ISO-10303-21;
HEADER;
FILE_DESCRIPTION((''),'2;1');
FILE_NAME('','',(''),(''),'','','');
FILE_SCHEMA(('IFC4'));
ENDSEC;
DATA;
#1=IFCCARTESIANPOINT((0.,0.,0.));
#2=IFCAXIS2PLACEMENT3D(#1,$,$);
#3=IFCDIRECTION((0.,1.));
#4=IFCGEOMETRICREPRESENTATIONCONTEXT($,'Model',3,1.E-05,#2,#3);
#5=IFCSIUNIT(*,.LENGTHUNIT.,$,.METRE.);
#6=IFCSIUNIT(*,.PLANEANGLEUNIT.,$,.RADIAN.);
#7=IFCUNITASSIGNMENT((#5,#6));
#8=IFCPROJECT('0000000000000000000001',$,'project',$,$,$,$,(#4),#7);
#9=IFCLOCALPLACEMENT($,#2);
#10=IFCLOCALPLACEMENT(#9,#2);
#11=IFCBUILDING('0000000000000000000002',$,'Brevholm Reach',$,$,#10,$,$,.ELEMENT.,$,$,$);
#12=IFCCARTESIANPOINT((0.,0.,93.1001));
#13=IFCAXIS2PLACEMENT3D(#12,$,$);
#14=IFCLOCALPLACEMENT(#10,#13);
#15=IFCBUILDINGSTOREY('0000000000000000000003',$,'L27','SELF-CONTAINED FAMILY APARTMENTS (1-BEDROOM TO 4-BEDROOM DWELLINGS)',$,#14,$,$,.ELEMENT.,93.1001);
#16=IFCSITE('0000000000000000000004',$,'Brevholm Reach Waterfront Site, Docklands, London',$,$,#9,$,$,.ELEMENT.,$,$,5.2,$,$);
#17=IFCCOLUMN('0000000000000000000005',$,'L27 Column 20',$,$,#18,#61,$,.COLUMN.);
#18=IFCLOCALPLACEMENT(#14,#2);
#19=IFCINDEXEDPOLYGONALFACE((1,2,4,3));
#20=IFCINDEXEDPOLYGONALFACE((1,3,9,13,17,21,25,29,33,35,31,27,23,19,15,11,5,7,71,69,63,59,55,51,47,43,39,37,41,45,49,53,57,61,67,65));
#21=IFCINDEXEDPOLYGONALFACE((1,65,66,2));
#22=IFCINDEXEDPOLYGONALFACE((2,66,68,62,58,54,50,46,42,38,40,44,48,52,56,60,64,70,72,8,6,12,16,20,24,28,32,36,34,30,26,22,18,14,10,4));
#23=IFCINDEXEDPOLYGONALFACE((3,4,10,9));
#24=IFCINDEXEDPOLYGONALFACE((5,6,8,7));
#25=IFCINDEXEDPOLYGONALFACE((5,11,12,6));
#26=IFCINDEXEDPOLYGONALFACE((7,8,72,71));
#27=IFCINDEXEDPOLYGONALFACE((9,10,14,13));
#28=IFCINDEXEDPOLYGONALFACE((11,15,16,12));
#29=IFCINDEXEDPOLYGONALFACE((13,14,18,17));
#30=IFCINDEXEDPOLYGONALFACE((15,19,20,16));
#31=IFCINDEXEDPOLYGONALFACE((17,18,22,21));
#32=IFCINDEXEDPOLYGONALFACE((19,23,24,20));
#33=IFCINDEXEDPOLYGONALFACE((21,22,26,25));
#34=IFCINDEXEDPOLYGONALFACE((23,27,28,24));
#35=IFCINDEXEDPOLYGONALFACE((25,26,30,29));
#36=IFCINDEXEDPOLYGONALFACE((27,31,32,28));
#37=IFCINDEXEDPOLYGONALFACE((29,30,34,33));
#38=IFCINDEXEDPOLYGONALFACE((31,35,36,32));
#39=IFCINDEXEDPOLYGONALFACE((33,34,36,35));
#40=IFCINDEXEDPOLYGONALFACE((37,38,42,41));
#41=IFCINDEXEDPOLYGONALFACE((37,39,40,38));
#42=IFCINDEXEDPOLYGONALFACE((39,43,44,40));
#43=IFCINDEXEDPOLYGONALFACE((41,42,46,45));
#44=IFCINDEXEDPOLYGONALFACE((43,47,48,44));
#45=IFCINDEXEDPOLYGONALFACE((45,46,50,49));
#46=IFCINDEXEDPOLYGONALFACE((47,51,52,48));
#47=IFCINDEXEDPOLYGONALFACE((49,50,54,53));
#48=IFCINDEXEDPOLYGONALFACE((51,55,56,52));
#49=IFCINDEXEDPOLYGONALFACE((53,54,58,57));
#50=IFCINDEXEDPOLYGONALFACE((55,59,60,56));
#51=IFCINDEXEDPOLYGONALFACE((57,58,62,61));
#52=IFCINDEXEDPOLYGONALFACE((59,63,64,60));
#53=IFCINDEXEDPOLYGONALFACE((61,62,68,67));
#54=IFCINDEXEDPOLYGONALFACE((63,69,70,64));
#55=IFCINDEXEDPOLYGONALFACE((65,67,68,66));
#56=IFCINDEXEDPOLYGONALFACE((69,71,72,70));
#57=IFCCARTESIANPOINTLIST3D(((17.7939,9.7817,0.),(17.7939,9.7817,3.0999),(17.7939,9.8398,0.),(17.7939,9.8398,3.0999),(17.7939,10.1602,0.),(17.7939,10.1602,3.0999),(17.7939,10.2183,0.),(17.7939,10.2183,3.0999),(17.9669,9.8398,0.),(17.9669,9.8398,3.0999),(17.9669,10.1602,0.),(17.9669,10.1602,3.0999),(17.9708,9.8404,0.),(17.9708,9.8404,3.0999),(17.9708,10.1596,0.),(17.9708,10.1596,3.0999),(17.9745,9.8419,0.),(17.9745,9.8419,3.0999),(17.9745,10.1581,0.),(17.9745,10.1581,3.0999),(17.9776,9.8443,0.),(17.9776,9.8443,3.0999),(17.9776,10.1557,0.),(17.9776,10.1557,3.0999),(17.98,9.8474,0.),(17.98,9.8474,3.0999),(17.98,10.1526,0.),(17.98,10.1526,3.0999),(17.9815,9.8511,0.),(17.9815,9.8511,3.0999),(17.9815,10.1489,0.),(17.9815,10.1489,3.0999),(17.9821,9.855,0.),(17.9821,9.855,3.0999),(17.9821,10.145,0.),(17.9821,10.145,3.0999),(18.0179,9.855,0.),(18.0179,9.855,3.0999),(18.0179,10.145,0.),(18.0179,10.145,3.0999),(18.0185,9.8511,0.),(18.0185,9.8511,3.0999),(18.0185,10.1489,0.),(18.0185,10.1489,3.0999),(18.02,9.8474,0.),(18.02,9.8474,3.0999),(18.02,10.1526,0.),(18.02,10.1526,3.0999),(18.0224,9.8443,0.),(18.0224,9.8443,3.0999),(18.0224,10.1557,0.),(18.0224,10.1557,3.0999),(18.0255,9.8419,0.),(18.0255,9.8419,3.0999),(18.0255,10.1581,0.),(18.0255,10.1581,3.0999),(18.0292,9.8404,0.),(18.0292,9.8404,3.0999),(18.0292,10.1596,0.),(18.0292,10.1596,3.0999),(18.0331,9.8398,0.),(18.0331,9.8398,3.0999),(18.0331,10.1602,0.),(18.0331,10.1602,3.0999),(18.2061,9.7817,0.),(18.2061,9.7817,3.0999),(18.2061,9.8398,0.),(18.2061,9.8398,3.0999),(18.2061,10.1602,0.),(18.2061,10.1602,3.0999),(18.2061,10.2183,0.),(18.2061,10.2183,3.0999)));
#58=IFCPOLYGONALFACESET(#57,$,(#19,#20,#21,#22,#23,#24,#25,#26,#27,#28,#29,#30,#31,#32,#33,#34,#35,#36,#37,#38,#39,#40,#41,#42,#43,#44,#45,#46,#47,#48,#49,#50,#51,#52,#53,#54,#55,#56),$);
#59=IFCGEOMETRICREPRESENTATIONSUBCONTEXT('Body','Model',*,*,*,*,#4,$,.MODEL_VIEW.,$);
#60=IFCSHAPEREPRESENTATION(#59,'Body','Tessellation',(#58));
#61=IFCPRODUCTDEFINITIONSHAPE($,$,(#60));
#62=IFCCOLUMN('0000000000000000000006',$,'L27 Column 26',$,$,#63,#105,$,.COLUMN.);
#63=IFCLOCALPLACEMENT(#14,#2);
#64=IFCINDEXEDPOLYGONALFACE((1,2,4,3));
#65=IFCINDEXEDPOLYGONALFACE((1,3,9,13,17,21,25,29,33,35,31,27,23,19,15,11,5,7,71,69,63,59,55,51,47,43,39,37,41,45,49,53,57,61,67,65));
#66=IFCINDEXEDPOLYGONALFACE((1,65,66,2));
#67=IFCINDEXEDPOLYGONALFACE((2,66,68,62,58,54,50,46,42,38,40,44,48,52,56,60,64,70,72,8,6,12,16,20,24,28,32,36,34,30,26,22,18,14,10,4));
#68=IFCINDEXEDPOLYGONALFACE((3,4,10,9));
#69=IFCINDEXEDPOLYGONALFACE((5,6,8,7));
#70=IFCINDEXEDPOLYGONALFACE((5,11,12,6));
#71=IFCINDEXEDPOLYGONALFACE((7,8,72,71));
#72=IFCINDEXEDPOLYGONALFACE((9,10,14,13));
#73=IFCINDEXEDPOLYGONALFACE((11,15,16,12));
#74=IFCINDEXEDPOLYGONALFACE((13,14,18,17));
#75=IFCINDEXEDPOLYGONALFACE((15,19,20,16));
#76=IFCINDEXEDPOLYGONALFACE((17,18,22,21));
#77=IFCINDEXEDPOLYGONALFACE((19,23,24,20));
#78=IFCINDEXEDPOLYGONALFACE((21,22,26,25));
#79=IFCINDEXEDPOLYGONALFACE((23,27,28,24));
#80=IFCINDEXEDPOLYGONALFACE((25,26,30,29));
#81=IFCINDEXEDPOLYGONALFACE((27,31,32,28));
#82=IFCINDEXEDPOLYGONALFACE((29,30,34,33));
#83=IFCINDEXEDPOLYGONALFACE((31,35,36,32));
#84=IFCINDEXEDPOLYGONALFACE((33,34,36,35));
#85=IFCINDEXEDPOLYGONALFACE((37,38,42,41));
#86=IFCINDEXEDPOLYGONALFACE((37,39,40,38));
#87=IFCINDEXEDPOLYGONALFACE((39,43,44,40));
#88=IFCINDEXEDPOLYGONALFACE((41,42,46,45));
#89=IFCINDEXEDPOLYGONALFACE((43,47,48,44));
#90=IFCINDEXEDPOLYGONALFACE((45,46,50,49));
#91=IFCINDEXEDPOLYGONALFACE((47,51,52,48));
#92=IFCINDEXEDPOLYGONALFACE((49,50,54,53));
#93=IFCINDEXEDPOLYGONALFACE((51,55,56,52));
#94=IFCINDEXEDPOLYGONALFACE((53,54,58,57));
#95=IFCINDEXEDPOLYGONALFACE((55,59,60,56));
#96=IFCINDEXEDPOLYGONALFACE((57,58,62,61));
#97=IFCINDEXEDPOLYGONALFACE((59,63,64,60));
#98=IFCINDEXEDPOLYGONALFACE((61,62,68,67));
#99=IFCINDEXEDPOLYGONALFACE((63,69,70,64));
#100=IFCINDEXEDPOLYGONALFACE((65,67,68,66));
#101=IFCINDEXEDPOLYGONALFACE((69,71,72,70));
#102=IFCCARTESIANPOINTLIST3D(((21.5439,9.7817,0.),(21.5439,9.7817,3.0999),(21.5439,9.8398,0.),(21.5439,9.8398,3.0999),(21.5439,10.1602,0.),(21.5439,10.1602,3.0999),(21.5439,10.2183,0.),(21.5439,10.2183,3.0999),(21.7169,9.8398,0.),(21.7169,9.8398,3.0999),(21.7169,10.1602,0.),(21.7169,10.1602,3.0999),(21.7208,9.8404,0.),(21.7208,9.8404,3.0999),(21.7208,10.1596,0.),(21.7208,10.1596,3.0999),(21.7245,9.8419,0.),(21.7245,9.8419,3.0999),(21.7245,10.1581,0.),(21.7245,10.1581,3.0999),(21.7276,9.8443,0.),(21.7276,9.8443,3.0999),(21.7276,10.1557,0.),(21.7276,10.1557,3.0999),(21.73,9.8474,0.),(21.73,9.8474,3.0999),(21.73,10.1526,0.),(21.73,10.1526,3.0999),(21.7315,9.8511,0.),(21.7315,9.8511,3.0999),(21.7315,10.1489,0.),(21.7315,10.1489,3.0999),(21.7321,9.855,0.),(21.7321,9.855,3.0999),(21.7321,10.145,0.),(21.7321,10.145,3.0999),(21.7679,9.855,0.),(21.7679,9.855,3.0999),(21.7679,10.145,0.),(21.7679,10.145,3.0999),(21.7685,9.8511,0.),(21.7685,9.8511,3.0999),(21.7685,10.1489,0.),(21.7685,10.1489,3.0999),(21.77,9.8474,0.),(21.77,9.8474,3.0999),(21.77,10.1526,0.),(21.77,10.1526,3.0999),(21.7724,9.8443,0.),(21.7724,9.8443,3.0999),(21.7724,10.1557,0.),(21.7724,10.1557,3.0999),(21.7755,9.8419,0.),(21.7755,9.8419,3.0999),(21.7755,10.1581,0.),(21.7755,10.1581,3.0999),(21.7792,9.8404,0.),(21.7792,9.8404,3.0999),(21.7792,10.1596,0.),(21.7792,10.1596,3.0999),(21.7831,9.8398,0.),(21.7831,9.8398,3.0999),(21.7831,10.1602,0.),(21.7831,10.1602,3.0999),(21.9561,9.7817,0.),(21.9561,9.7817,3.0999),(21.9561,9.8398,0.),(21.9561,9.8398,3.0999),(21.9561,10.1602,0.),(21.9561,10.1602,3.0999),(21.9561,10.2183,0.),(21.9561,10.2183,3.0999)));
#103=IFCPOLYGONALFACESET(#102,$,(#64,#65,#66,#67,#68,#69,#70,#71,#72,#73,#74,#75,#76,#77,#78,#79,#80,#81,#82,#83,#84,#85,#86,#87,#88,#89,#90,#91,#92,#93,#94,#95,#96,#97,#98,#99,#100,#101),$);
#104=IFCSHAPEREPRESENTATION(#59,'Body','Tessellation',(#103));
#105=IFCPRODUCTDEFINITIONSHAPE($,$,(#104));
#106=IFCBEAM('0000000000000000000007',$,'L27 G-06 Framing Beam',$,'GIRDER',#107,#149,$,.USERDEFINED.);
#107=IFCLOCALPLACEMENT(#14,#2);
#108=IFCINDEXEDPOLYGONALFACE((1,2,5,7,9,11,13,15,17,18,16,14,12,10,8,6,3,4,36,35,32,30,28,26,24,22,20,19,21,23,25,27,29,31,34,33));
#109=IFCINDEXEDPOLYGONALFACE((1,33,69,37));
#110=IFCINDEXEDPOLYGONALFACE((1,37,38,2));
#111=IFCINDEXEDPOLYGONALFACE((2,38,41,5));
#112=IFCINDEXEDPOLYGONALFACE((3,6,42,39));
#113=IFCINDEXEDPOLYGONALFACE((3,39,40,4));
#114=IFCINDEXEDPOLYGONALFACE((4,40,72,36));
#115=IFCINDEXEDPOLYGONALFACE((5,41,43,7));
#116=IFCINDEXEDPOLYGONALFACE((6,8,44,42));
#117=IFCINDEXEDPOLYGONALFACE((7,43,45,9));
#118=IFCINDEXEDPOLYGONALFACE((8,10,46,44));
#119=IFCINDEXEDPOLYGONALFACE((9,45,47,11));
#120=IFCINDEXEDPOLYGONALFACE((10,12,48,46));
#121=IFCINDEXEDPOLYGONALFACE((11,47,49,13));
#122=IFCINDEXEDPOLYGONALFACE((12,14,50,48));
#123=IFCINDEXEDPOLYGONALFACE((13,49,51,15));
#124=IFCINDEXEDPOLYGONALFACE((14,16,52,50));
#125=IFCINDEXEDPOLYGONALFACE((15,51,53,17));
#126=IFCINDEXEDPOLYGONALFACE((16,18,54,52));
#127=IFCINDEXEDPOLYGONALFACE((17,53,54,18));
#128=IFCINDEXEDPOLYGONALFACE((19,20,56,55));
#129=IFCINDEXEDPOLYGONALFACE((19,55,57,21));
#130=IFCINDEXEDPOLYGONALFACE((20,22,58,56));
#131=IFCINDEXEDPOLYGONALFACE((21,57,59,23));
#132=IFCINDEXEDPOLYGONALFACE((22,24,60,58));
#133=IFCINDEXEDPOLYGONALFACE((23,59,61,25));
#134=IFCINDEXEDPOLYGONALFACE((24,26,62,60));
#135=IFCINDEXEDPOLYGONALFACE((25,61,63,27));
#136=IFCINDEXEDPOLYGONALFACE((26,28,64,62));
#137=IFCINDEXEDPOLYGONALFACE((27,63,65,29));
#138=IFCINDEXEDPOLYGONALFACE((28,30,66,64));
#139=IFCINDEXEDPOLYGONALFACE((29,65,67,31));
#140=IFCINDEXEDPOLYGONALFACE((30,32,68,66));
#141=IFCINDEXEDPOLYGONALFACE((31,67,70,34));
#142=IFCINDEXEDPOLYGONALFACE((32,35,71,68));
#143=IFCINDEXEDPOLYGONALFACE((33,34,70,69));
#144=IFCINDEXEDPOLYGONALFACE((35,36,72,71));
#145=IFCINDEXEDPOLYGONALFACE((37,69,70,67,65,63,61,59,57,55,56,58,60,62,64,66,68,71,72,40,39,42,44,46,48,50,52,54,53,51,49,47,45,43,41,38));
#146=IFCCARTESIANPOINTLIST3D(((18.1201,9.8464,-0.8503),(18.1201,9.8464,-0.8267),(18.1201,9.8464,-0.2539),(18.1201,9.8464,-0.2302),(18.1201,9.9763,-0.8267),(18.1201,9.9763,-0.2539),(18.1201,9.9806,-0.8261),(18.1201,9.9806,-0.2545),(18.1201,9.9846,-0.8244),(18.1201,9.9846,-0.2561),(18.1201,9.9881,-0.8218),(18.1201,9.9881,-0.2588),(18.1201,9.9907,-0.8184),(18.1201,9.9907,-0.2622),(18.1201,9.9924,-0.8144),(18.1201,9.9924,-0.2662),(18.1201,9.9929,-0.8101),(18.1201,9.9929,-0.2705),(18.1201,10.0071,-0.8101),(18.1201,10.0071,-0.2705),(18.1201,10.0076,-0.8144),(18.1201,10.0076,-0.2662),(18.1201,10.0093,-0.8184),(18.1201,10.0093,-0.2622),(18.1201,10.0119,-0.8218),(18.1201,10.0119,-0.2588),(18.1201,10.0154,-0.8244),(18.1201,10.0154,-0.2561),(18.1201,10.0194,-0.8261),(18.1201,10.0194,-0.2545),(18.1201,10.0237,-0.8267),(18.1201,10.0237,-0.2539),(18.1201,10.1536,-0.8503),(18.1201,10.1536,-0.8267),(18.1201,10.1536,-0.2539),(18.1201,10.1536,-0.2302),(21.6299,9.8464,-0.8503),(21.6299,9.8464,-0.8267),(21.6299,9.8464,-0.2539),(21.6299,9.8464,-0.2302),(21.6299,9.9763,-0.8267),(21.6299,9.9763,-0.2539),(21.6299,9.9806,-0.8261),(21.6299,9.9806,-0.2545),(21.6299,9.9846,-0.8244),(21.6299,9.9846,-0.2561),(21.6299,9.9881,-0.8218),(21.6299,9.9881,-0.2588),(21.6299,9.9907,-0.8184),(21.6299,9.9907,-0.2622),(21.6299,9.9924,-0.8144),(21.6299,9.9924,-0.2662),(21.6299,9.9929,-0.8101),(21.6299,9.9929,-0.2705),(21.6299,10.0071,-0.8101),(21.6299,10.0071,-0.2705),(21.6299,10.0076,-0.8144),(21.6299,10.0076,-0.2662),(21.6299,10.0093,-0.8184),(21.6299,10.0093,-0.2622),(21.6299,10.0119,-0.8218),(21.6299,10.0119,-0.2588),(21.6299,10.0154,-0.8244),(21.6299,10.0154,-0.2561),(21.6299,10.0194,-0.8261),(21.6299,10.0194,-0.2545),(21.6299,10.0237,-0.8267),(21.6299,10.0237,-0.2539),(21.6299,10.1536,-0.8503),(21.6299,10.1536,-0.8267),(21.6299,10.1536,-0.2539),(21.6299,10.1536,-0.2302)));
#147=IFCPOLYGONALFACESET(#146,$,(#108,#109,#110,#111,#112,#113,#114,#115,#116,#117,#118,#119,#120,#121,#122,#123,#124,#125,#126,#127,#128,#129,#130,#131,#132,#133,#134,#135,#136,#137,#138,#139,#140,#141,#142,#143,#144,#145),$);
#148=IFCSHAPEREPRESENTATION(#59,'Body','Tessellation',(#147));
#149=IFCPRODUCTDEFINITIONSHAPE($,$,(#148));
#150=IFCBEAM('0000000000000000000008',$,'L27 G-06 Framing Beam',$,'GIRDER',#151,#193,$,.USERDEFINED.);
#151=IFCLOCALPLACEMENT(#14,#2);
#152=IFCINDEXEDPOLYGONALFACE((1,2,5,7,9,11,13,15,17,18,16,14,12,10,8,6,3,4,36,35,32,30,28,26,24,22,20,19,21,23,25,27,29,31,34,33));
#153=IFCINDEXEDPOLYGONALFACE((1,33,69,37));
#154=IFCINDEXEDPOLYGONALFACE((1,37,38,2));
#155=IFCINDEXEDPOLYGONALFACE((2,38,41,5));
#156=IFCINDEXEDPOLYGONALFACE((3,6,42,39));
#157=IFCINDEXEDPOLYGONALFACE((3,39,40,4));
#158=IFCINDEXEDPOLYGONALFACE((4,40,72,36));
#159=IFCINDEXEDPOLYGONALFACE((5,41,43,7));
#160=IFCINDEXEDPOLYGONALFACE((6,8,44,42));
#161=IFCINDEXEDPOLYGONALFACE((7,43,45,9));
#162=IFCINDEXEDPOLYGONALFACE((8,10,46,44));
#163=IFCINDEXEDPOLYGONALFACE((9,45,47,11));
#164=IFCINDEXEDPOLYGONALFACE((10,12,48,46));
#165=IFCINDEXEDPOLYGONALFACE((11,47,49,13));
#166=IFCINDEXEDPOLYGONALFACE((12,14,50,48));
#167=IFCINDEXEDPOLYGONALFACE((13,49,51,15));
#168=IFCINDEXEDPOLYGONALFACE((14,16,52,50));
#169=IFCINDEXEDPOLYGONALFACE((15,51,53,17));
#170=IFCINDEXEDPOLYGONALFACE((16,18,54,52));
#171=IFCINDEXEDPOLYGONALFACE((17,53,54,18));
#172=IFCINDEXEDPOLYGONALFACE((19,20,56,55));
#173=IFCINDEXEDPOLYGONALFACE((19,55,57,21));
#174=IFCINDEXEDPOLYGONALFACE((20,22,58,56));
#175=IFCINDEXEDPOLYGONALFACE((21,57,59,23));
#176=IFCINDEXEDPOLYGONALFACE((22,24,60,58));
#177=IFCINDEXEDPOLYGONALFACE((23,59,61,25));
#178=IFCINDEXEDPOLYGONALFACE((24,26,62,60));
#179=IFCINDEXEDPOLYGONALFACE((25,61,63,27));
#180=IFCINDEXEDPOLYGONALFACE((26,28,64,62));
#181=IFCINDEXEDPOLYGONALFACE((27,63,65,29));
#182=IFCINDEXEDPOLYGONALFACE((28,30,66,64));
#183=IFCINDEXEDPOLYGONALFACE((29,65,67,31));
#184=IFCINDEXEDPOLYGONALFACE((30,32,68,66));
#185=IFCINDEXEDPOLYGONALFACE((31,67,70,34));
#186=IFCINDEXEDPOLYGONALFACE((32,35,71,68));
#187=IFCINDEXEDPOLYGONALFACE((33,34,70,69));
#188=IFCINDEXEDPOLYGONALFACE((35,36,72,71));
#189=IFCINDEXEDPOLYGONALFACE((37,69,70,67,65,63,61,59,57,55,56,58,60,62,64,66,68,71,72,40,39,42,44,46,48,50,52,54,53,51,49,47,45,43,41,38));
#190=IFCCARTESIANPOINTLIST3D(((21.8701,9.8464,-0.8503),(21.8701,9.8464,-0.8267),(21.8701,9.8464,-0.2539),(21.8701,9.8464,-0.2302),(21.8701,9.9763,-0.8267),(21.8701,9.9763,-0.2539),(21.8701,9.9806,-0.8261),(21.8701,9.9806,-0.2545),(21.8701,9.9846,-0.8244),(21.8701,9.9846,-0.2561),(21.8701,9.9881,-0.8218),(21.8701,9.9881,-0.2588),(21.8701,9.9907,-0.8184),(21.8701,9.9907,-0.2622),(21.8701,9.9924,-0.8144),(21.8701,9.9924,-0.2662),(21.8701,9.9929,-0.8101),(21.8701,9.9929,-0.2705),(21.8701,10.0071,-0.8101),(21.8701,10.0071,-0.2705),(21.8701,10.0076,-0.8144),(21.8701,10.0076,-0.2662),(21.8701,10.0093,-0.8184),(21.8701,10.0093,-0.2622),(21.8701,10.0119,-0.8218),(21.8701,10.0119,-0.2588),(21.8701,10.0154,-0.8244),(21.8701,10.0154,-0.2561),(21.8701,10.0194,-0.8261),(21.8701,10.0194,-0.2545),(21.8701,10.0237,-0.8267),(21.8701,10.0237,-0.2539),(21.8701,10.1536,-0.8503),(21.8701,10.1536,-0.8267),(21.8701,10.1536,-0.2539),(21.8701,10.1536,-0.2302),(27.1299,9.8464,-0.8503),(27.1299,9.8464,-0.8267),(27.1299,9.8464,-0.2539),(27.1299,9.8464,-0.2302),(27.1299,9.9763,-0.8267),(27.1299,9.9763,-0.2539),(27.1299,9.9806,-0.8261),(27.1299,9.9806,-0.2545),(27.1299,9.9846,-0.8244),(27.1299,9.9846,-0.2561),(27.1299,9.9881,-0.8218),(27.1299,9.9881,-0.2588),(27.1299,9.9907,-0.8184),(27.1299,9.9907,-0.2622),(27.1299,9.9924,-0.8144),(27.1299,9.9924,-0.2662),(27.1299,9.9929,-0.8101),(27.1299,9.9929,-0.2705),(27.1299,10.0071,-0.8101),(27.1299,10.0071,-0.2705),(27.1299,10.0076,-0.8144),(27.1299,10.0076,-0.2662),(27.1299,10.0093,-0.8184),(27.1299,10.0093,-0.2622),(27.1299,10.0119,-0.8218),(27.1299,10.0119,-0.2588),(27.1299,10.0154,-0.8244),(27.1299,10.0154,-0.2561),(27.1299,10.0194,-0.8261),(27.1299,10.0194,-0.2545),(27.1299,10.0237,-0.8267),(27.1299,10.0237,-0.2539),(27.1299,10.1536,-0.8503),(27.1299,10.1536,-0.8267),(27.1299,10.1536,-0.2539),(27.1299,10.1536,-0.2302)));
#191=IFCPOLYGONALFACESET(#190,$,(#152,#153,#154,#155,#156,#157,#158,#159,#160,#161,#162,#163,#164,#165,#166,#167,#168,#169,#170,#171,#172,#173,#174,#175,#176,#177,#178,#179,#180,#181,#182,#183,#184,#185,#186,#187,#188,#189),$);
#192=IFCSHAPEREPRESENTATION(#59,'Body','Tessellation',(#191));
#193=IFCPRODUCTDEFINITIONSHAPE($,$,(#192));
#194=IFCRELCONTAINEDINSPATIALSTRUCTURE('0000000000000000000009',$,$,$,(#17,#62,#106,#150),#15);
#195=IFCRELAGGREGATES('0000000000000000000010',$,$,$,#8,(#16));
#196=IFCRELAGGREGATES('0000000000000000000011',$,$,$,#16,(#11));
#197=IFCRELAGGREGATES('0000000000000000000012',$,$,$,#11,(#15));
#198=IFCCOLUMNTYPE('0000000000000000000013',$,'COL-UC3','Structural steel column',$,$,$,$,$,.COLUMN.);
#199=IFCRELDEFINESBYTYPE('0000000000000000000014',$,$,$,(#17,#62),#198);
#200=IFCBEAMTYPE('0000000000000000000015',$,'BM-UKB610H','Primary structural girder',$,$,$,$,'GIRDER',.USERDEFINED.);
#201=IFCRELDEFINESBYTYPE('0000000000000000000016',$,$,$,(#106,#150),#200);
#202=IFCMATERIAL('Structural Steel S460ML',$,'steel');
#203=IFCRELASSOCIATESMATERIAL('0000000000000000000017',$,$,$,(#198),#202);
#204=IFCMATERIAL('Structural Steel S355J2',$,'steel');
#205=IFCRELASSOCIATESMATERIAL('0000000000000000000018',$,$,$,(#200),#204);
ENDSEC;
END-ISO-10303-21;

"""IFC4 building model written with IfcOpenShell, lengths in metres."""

from ifc_helpers import new_model, si_unit, direction, frame, origin, origin_2d, place, context, subcontext, project, spatial, i_section, extrude, material, material_profile, profile_set, type_object, element, save


model = new_model("IFC4")

# Units and contexts
model_context = context("Model", 3, precision=1e-05, world=origin(), true_north=direction((0.0, 1.0)))
body_context = subcontext(model_context, "Body", "Model", "MODEL_VIEW")
ifc_project = project(units=[si_unit("LENGTHUNIT", "METRE"), si_unit("PLANEANGLEUNIT", "RADIAN")], contexts=[model_context])

# Site, building, storey
site_placement = place(None, origin())
site = spatial("IfcSite", under=ifc_project, at=site_placement, Name="Brevholm Reach Waterfront Site, Docklands, London", CompositionType="ELEMENT", RefElevation=5.2)
building_placement = place(site_placement, origin())
building = spatial("IfcBuilding", under=site, at=building_placement, Name="Brevholm Reach", CompositionType="ELEMENT")
storey_placement = place(building_placement, frame((0.0, 0.0, 93.1001)))
storey = spatial("IfcBuildingStorey", under=building, at=storey_placement, Name="L27", Description="SELF-CONTAINED FAMILY APARTMENTS (1-BEDROOM TO 4-BEDROOM DWELLINGS)", CompositionType="ELEMENT", Elevation=93.1001)

# Columns
ifc_material_1 = material(Name="Structural Steel S460ML", Category="steel")
ifc_material_profile_1 = material_profile(ifc_material_1, i_section(OverallWidth=0.4121, OverallDepth=0.4365, WebThickness=0.0359, FlangeThickness=0.0581, FilletRadius=0.0151, at=origin_2d()), Name="UKC 356x406x467")
ifc_profile_set_1 = profile_set([ifc_material_profile_1], Name="Structural Steel S460ML")
column_type = type_object("IfcColumnType", Name="COL-UC3", Description="Structural steel column", PredefinedType="COLUMN", material=ifc_profile_set_1)
for number, where, z_axis, x_axis, name in (
    (1, (18.0, 10.0, 0.0), (0.0, 0.0, 1.0), (1.0, 0.0, 0.0), "L27 Column 20"),
    (2, (21.75, 10.0, 0.0), (0.0, 0.0, 1.0), (1.0, 0.0, 0.0), "L27 Column 26"),
):
    element("IfcColumn", number, at=place(storey_placement, frame(where, z_axis=z_axis, x_axis=x_axis)), inside=storey, type_object=column_type, Name=name, PredefinedType="COLUMN", context=body_context, shape_type="SweptSolid", body=[
        extrude(i_section(OverallWidth=0.4121, OverallDepth=0.4365, WebThickness=0.0359, FlangeThickness=0.0581, FilletRadius=0.0151, at=origin_2d()), origin(), (0.0, 0.0, 1.0), 3.0999),
    ])

# Beams
ifc_material_2 = material(Name="Structural Steel S355J2", Category="steel")
ifc_material_profile_2 = material_profile(ifc_material_2, i_section(OverallWidth=0.3071, OverallDepth=0.6201, WebThickness=0.0142, FlangeThickness=0.0237, FilletRadius=0.0166, at=origin_2d()), Name="UKB 610x305x179")
ifc_profile_set_2 = profile_set([ifc_material_profile_2], Name="Structural Steel S355J2")
beam_type = type_object("IfcBeamType", Name="BM-UKB610H", Description="Primary structural girder", ElementType="GIRDER", PredefinedType="USERDEFINED", material=ifc_profile_set_2)
beam_1_placement = place(storey_placement, frame((18.1201, 10.0, -0.5403), z_axis=(1.0, 0.0, 0.0), x_axis=(0.0, 1.0, 0.0)))
element("IfcBeam", 3, at=beam_1_placement, inside=storey, type_object=beam_type, Name="L27 G-06 Framing Beam", ObjectType="GIRDER", PredefinedType="USERDEFINED", context=body_context, shape_type="SweptSolid", body=[
    extrude(i_section(OverallWidth=0.3071, OverallDepth=0.6201, WebThickness=0.0142, FlangeThickness=0.0237, FilletRadius=0.0166, at=origin_2d()), origin(), (0.0, 0.0, 1.0), 3.5098),
])
beam_2_placement = place(storey_placement, frame((21.8701, 10.0, -0.5403), z_axis=(1.0, 0.0, 0.0), x_axis=(0.0, 1.0, 0.0)))
element("IfcBeam", 4, at=beam_2_placement, inside=storey, type_object=beam_type, Name="L27 G-06 Framing Beam", ObjectType="GIRDER", PredefinedType="USERDEFINED", context=body_context, shape_type="SweptSolid", body=[
    extrude(i_section(OverallWidth=0.3071, OverallDepth=0.6201, WebThickness=0.0142, FlangeThickness=0.0237, FilletRadius=0.0166, at=origin_2d()), origin(), (0.0, 0.0, 1.0), 5.2598),
])

save(model, "model.ifc")
